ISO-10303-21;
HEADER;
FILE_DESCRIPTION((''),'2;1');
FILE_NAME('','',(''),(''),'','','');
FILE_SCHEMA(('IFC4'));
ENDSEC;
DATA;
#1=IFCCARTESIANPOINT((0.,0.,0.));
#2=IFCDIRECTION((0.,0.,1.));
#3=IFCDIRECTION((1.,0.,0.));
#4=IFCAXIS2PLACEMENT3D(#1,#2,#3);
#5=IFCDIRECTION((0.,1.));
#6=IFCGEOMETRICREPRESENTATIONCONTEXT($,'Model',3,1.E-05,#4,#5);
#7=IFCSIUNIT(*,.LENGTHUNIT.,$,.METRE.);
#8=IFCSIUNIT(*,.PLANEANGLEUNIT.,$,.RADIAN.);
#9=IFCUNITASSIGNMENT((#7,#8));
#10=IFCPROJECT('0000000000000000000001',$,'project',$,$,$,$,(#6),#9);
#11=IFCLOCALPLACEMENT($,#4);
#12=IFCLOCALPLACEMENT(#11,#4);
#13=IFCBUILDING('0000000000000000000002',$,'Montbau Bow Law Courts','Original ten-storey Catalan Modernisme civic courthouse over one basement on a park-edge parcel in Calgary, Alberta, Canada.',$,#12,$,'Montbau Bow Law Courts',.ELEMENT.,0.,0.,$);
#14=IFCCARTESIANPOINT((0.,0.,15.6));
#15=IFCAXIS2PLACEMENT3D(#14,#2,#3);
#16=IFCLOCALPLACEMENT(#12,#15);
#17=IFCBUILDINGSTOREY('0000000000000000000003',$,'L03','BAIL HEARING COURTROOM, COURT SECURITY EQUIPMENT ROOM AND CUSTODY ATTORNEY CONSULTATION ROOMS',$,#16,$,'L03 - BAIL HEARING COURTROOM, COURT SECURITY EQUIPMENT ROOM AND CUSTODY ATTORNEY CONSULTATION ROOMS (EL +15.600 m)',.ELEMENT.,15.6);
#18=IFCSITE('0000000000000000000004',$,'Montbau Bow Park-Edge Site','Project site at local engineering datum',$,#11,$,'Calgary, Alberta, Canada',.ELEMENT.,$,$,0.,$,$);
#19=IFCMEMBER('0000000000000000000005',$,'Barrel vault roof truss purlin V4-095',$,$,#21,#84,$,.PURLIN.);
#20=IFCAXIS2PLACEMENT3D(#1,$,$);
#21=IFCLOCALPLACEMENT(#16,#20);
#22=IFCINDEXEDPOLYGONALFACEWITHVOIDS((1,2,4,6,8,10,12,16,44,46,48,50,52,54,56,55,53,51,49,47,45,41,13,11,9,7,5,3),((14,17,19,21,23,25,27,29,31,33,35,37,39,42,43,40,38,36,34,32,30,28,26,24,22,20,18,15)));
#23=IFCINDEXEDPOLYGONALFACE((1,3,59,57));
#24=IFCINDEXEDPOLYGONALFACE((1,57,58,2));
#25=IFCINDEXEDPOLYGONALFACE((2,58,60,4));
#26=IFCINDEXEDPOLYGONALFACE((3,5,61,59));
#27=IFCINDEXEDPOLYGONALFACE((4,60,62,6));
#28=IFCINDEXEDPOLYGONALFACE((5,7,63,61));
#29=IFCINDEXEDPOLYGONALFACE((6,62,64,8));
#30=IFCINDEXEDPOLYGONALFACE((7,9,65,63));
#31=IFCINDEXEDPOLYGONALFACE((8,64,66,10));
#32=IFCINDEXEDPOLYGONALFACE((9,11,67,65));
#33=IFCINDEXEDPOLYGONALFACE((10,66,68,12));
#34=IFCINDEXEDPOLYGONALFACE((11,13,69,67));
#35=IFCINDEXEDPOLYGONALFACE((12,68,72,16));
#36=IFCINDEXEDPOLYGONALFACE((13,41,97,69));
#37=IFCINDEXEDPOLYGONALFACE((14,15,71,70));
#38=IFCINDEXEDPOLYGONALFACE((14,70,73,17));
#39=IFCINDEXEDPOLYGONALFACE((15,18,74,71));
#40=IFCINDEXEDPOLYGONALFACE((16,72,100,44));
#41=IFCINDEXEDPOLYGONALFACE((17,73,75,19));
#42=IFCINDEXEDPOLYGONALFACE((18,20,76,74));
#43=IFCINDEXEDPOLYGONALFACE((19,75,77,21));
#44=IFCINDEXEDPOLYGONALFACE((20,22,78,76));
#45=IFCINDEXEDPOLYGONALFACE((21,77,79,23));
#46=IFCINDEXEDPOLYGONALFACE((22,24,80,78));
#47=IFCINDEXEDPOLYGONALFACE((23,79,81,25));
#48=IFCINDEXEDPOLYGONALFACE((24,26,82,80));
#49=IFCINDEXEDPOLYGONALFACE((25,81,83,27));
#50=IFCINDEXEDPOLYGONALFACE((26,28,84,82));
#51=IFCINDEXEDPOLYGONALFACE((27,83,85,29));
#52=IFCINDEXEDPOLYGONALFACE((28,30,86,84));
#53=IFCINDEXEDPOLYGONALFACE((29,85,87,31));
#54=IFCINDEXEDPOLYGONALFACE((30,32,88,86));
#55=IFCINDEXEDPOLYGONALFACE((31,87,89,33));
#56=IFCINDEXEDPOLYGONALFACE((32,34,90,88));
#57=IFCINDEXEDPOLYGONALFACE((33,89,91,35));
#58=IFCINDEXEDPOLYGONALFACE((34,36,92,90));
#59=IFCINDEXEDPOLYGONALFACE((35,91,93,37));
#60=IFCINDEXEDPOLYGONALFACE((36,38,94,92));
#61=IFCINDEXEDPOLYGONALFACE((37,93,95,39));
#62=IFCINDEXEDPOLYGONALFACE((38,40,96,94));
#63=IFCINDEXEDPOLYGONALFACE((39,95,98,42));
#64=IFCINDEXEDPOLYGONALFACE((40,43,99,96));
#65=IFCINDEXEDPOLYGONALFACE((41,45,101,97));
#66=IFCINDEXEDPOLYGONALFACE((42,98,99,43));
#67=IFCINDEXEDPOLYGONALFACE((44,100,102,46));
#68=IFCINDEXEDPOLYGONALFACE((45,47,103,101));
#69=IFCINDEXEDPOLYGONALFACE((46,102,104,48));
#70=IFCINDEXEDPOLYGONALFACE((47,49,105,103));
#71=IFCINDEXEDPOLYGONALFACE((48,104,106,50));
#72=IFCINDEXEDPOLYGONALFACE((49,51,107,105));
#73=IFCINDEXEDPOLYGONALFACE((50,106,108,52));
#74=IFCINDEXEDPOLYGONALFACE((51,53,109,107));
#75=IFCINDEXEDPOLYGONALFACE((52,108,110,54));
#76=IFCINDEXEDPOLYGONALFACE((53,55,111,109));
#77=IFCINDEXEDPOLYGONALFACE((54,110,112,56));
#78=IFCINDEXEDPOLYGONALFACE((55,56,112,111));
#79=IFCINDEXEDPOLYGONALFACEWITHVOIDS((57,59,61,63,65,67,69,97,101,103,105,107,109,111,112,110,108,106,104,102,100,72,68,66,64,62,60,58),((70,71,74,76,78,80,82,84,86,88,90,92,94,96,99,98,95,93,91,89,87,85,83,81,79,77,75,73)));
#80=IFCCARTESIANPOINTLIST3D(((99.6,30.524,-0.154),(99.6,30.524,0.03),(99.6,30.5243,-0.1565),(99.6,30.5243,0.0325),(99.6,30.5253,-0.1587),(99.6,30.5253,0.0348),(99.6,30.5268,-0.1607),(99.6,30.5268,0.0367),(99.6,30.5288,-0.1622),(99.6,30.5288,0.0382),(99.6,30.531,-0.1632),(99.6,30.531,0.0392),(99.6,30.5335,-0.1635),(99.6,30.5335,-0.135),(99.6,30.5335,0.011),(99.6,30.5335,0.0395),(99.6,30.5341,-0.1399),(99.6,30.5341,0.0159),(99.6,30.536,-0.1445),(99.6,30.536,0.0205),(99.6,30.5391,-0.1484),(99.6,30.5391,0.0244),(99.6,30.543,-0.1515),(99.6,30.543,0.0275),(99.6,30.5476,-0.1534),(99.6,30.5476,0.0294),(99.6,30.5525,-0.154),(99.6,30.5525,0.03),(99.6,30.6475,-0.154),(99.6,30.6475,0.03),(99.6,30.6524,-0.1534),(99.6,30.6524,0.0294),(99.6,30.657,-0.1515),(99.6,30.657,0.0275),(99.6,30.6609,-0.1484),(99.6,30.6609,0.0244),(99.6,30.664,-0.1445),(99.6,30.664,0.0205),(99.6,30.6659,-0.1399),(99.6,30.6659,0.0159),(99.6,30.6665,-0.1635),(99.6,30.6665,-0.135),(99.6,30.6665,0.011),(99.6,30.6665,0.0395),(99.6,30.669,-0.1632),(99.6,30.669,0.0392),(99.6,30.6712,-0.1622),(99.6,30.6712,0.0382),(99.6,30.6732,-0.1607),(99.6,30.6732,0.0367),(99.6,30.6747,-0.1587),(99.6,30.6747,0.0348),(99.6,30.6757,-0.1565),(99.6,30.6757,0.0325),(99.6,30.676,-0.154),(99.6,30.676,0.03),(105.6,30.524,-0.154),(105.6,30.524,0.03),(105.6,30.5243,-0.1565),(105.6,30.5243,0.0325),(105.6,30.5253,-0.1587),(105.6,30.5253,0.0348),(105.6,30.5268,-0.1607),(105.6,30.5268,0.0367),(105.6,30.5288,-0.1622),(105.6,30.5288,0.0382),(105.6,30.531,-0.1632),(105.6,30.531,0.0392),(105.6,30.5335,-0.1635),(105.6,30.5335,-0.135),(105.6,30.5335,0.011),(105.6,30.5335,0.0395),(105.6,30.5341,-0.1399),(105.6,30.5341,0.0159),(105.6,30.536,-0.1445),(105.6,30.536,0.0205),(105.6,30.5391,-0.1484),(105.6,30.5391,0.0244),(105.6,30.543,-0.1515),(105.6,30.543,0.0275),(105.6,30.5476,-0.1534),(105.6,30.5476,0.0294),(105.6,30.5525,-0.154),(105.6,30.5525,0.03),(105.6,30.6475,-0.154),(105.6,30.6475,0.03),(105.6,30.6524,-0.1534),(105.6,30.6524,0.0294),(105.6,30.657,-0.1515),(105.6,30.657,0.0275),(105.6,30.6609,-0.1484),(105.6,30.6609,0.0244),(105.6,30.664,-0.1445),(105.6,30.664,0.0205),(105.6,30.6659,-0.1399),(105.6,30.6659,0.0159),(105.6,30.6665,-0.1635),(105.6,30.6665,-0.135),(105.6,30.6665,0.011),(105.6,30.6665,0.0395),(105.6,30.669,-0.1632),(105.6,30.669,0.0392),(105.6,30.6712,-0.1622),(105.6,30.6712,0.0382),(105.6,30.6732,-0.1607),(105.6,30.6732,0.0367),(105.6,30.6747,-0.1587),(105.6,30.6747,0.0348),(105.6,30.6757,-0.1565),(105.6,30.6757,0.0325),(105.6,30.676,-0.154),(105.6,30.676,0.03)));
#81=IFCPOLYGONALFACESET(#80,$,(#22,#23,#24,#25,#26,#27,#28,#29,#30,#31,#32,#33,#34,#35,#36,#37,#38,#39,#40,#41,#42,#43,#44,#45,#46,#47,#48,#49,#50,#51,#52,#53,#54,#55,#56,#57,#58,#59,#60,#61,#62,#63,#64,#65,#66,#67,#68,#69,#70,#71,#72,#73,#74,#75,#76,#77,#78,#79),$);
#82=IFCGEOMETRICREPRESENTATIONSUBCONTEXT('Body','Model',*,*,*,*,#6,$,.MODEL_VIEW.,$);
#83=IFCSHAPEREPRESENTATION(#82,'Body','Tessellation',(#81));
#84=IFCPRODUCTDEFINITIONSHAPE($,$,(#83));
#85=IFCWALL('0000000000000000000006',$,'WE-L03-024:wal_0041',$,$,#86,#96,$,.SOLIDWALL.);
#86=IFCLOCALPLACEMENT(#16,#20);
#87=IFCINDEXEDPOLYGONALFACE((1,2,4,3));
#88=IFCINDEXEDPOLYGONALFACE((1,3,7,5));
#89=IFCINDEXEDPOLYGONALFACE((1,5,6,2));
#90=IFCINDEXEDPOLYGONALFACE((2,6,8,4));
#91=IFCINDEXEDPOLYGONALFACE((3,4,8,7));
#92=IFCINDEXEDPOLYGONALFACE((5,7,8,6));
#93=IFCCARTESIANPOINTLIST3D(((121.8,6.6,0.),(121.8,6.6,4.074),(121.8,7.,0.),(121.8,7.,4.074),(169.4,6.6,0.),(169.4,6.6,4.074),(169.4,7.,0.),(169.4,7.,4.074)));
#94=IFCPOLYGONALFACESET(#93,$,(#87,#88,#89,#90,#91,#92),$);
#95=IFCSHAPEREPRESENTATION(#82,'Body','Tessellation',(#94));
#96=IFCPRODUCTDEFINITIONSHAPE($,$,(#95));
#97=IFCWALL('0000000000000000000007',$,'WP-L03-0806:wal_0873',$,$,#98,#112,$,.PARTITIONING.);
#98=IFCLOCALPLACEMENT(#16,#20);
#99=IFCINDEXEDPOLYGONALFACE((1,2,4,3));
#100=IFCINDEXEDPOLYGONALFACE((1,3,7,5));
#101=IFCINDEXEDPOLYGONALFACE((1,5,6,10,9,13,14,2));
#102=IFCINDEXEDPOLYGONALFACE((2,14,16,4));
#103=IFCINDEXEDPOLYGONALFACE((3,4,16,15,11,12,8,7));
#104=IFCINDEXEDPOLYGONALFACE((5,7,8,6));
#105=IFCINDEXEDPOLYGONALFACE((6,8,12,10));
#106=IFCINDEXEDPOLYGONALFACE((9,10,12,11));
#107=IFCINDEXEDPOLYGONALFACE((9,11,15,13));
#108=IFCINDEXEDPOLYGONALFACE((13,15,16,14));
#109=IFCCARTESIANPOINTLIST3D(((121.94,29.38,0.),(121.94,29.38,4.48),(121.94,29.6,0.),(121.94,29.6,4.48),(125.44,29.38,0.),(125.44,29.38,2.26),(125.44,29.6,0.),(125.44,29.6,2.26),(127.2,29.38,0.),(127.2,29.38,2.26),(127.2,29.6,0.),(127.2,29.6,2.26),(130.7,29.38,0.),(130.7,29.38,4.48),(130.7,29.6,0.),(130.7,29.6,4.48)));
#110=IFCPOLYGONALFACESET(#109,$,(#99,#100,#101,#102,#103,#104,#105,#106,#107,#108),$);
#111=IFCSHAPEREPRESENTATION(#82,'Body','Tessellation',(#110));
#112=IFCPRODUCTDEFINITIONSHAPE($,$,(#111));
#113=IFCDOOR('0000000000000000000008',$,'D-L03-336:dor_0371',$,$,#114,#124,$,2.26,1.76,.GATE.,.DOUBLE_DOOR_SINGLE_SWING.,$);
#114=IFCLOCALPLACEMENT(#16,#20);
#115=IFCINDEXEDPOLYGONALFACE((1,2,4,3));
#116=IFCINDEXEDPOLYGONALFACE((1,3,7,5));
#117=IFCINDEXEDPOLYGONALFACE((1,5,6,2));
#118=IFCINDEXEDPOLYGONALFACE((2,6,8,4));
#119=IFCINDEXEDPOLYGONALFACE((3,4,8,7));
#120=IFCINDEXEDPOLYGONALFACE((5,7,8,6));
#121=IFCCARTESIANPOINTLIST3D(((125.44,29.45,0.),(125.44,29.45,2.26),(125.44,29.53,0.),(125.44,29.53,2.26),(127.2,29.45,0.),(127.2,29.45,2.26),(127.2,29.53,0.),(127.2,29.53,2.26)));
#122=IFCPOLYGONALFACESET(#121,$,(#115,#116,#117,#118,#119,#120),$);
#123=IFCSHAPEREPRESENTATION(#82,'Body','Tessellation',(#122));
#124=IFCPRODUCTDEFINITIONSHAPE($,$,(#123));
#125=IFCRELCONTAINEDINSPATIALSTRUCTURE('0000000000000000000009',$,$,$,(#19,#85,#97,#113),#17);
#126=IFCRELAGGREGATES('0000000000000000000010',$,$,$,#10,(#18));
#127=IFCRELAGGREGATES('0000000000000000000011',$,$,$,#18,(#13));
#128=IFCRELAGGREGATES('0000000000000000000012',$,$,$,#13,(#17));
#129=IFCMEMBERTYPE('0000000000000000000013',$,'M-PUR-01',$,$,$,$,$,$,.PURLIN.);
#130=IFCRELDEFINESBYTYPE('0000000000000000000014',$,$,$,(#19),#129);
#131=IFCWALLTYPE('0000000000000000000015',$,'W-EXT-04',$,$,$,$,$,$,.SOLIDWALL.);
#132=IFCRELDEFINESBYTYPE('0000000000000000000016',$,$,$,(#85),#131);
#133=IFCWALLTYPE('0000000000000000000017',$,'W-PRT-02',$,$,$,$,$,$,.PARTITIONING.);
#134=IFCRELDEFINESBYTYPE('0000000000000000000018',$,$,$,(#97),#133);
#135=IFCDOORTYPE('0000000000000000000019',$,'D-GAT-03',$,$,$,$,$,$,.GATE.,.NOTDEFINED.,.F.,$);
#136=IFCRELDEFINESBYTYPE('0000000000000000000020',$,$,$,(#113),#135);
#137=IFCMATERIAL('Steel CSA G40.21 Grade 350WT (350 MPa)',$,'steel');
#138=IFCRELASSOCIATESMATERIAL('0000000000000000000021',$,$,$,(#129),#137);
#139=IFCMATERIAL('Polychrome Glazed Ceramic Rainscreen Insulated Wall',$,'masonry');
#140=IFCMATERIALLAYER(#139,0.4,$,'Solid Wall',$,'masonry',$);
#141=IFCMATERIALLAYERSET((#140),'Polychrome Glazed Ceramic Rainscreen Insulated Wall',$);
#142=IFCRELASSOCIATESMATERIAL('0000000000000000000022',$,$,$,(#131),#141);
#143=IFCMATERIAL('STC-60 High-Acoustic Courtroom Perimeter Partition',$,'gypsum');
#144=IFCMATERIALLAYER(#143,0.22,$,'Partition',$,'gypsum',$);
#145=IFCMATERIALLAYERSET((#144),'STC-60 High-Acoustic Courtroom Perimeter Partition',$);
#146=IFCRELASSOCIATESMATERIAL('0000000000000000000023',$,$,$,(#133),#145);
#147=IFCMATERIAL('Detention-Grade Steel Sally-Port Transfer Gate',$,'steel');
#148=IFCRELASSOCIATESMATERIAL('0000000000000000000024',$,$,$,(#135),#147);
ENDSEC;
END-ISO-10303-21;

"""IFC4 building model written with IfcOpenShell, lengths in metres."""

from ifc_helpers import new_model, si_unit, direction, frame, frame_2d, origin_with_axes, origin_2d_with_axis, place, context, subcontext, project, spatial, rectangle, hollow_rectangle, extrude, material, layer, layer_set, material_profile, profile_set, type_object, element, fill, save


model = new_model("IFC4")

# Units and contexts
model_context = context("Model", 3, precision=1e-05, world=origin_with_axes(), true_north=direction((0.0, 1.0)))
body_context = subcontext(model_context, "Body", "Model", "MODEL_VIEW")
ifc_project = project(units=[si_unit("LENGTHUNIT", "METRE"), si_unit("PLANEANGLEUNIT", "RADIAN")], contexts=[model_context])

# Site, building, storey
site_placement = place(None, origin_with_axes())
site = spatial("IfcSite", under=ifc_project, at=site_placement, Name="Montbau Bow Park-Edge Site", Description="Project site at local engineering datum", LongName="Calgary, Alberta, Canada", CompositionType="ELEMENT", RefElevation=0.0)
building_placement = place(site_placement, origin_with_axes())
building = spatial("IfcBuilding", under=site, at=building_placement, Name="Montbau Bow Law Courts", Description="Original ten-storey Catalan Modernisme civic courthouse over one basement on a park-edge parcel in Calgary, Alberta, Canada.", LongName="Montbau Bow Law Courts", CompositionType="ELEMENT", ElevationOfRefHeight=0.0, ElevationOfTerrain=0.0)
storey_placement = place(building_placement, frame((0.0, 0.0, 15.6), z_axis=(0.0, 0.0, 1.0), x_axis=(1.0, 0.0, 0.0)))
storey = spatial("IfcBuildingStorey", under=building, at=storey_placement, Name="L03", Description="BAIL HEARING COURTROOM, COURT SECURITY EQUIPMENT ROOM AND CUSTODY ATTORNEY CONSULTATION ROOMS", LongName="L03 - BAIL HEARING COURTROOM, COURT SECURITY EQUIPMENT ROOM AND CUSTODY ATTORNEY CONSULTATION ROOMS (EL +15.600 m)", CompositionType="ELEMENT", Elevation=15.6)

# Shared definitions
ifc_material_1 = material(Name="Steel CSA G40.21 Grade 350WT (350 MPa)", Category="steel")

# Member
ifc_material_profile_1 = material_profile(ifc_material_1, hollow_rectangle(XDim=0.152, YDim=0.203, WallThickness=0.0095, InnerFilletRadius=0.019, OuterFilletRadius=0.0095, at=origin_2d_with_axis()), Name="HSS203X152X9.5", Category="Main", Priority=0)
ifc_profile_set_1 = profile_set([ifc_material_profile_1], Name="Steel CSA G40.21 Grade 350WT (350 MPa)")
member_type = type_object("IfcMemberType", Name="M-PUR-01", PredefinedType="PURLIN", material=ifc_profile_set_1)
member_placement = place(None, frame((99.6, 30.6, 15.538), z_axis=(1.0, 0.0, 0.0), x_axis=(0.0, 1.0, 0.0)))
element("IfcMember", 1, at=member_placement, inside=storey, type_object=member_type, Name="Barrel vault roof truss purlin V4-095", PredefinedType="PURLIN", context=body_context, shape_type="SweptSolid", body=[
    extrude(hollow_rectangle(XDim=0.152, YDim=0.203, WallThickness=0.0095, InnerFilletRadius=0.019, OuterFilletRadius=0.0095, at=origin_2d_with_axis()), origin_with_axes(), (0.0, 0.0, 1.0), 6.0),
])

# Wall
ifc_material_2 = material(Name="Polychrome Glazed Ceramic Rainscreen Insulated Wall", Category="masonry")
ifc_layer_1 = layer(ifc_material_2, 0.4, Name="Solid Wall", Category="masonry")
ifc_layer_set_1 = layer_set([ifc_layer_1], Name="Polychrome Glazed Ceramic Rainscreen Insulated Wall")
wall_type_1 = type_object("IfcWallType", Name="W-EXT-04", PredefinedType="SOLIDWALL", material=ifc_layer_set_1)
wall_1_placement = place(None, frame((121.8, 6.8, 15.6), z_axis=(0.0, 0.0, 1.0), x_axis=(1.0, 0.0, 0.0)))
element("IfcWall", 2, at=wall_1_placement, inside=storey, type_object=wall_type_1, Name="WE-L03-024:wal_0041", PredefinedType="SOLIDWALL", context=body_context, shape_type="SweptSolid", body=[
    extrude(rectangle(XDim=47.6, YDim=0.4, at=frame_2d((23.8, 0.0), x_axis=(1.0, 0.0))), origin_with_axes(), (0.0, 0.0, 1.0), 4.074),
])

# Wall, opening, door
ifc_material_3 = material(Name="STC-60 High-Acoustic Courtroom Perimeter Partition", Category="gypsum")
ifc_layer_2 = layer(ifc_material_3, 0.22, Name="Partition", Category="gypsum")
ifc_layer_set_2 = layer_set([ifc_layer_2], Name="STC-60 High-Acoustic Courtroom Perimeter Partition")
wall_type_2 = type_object("IfcWallType", Name="W-PRT-02", PredefinedType="PARTITIONING", material=ifc_layer_set_2)
wall_2_placement = place(None, frame((121.94, 29.49, 15.6), z_axis=(0.0, 0.0, 1.0), x_axis=(1.0, 0.0, 0.0)))
wall_2 = element("IfcWall", 3, at=wall_2_placement, inside=storey, type_object=wall_type_2, Name="WP-L03-0806:wal_0873", PredefinedType="PARTITIONING", context=body_context, shape_type="SweptSolid", body=[
    extrude(rectangle(XDim=8.76, YDim=0.22, at=frame_2d((4.38, 0.0), x_axis=(1.0, 0.0))), origin_with_axes(), (0.0, 0.0, 1.0), 4.48),
])
opening_1_placement = place(None, frame((126.32, 29.49, 15.6), z_axis=(0.0, 0.0, 1.0), x_axis=(1.0, 0.0, 0.0)))
opening_1 = element("IfcOpeningElement", 4, at=opening_1_placement, cuts=wall_2, PredefinedType="OPENING", context=body_context, shape_type="SweptSolid", body=[
    extrude(rectangle(XDim=1.76, YDim=2.26, at=frame_2d((0.0, 1.13), x_axis=(1.0, 0.0))), frame((0.0, 0.12, 0.0), z_axis=(0.0, -1.0, 0.0), x_axis=(1.0, 0.0, 0.0)), (0.0, 0.0, 1.0), 0.24),
])
ifc_material_4 = material(Name="Detention-Grade Steel Sally-Port Transfer Gate", Category="steel")
door_type_1 = type_object("IfcDoorType", Name="D-GAT-03", OperationType="NOTDEFINED", ParameterTakesPrecedence=False, PredefinedType="GATE", material=ifc_material_4)
door_1_placement = place(None, frame((126.32, 29.49, 15.6), z_axis=(0.0, 0.0, 1.0), x_axis=(-1.0, 0.0, 0.0)))
door_1 = element("IfcDoor", 5, at=door_1_placement, inside=storey, type_object=door_type_1, Name="D-L03-336:dor_0371", OperationType="DOUBLE_DOOR_SINGLE_SWING", OverallHeight=2.26, OverallWidth=1.76, PredefinedType="GATE", context=body_context, shape_type="SweptSolid", body=[
    extrude(rectangle(XDim=1.76, YDim=2.26, at=frame_2d((0.0, 1.13), x_axis=(1.0, 0.0))), frame((0.0, 0.04, 0.0), z_axis=(0.0, -1.0, 0.0), x_axis=(1.0, 0.0, 0.0)), (0.0, 0.0, 1.0), 0.08),
])
fill(opening_1, door_1)

save(model, "model.ifc")
